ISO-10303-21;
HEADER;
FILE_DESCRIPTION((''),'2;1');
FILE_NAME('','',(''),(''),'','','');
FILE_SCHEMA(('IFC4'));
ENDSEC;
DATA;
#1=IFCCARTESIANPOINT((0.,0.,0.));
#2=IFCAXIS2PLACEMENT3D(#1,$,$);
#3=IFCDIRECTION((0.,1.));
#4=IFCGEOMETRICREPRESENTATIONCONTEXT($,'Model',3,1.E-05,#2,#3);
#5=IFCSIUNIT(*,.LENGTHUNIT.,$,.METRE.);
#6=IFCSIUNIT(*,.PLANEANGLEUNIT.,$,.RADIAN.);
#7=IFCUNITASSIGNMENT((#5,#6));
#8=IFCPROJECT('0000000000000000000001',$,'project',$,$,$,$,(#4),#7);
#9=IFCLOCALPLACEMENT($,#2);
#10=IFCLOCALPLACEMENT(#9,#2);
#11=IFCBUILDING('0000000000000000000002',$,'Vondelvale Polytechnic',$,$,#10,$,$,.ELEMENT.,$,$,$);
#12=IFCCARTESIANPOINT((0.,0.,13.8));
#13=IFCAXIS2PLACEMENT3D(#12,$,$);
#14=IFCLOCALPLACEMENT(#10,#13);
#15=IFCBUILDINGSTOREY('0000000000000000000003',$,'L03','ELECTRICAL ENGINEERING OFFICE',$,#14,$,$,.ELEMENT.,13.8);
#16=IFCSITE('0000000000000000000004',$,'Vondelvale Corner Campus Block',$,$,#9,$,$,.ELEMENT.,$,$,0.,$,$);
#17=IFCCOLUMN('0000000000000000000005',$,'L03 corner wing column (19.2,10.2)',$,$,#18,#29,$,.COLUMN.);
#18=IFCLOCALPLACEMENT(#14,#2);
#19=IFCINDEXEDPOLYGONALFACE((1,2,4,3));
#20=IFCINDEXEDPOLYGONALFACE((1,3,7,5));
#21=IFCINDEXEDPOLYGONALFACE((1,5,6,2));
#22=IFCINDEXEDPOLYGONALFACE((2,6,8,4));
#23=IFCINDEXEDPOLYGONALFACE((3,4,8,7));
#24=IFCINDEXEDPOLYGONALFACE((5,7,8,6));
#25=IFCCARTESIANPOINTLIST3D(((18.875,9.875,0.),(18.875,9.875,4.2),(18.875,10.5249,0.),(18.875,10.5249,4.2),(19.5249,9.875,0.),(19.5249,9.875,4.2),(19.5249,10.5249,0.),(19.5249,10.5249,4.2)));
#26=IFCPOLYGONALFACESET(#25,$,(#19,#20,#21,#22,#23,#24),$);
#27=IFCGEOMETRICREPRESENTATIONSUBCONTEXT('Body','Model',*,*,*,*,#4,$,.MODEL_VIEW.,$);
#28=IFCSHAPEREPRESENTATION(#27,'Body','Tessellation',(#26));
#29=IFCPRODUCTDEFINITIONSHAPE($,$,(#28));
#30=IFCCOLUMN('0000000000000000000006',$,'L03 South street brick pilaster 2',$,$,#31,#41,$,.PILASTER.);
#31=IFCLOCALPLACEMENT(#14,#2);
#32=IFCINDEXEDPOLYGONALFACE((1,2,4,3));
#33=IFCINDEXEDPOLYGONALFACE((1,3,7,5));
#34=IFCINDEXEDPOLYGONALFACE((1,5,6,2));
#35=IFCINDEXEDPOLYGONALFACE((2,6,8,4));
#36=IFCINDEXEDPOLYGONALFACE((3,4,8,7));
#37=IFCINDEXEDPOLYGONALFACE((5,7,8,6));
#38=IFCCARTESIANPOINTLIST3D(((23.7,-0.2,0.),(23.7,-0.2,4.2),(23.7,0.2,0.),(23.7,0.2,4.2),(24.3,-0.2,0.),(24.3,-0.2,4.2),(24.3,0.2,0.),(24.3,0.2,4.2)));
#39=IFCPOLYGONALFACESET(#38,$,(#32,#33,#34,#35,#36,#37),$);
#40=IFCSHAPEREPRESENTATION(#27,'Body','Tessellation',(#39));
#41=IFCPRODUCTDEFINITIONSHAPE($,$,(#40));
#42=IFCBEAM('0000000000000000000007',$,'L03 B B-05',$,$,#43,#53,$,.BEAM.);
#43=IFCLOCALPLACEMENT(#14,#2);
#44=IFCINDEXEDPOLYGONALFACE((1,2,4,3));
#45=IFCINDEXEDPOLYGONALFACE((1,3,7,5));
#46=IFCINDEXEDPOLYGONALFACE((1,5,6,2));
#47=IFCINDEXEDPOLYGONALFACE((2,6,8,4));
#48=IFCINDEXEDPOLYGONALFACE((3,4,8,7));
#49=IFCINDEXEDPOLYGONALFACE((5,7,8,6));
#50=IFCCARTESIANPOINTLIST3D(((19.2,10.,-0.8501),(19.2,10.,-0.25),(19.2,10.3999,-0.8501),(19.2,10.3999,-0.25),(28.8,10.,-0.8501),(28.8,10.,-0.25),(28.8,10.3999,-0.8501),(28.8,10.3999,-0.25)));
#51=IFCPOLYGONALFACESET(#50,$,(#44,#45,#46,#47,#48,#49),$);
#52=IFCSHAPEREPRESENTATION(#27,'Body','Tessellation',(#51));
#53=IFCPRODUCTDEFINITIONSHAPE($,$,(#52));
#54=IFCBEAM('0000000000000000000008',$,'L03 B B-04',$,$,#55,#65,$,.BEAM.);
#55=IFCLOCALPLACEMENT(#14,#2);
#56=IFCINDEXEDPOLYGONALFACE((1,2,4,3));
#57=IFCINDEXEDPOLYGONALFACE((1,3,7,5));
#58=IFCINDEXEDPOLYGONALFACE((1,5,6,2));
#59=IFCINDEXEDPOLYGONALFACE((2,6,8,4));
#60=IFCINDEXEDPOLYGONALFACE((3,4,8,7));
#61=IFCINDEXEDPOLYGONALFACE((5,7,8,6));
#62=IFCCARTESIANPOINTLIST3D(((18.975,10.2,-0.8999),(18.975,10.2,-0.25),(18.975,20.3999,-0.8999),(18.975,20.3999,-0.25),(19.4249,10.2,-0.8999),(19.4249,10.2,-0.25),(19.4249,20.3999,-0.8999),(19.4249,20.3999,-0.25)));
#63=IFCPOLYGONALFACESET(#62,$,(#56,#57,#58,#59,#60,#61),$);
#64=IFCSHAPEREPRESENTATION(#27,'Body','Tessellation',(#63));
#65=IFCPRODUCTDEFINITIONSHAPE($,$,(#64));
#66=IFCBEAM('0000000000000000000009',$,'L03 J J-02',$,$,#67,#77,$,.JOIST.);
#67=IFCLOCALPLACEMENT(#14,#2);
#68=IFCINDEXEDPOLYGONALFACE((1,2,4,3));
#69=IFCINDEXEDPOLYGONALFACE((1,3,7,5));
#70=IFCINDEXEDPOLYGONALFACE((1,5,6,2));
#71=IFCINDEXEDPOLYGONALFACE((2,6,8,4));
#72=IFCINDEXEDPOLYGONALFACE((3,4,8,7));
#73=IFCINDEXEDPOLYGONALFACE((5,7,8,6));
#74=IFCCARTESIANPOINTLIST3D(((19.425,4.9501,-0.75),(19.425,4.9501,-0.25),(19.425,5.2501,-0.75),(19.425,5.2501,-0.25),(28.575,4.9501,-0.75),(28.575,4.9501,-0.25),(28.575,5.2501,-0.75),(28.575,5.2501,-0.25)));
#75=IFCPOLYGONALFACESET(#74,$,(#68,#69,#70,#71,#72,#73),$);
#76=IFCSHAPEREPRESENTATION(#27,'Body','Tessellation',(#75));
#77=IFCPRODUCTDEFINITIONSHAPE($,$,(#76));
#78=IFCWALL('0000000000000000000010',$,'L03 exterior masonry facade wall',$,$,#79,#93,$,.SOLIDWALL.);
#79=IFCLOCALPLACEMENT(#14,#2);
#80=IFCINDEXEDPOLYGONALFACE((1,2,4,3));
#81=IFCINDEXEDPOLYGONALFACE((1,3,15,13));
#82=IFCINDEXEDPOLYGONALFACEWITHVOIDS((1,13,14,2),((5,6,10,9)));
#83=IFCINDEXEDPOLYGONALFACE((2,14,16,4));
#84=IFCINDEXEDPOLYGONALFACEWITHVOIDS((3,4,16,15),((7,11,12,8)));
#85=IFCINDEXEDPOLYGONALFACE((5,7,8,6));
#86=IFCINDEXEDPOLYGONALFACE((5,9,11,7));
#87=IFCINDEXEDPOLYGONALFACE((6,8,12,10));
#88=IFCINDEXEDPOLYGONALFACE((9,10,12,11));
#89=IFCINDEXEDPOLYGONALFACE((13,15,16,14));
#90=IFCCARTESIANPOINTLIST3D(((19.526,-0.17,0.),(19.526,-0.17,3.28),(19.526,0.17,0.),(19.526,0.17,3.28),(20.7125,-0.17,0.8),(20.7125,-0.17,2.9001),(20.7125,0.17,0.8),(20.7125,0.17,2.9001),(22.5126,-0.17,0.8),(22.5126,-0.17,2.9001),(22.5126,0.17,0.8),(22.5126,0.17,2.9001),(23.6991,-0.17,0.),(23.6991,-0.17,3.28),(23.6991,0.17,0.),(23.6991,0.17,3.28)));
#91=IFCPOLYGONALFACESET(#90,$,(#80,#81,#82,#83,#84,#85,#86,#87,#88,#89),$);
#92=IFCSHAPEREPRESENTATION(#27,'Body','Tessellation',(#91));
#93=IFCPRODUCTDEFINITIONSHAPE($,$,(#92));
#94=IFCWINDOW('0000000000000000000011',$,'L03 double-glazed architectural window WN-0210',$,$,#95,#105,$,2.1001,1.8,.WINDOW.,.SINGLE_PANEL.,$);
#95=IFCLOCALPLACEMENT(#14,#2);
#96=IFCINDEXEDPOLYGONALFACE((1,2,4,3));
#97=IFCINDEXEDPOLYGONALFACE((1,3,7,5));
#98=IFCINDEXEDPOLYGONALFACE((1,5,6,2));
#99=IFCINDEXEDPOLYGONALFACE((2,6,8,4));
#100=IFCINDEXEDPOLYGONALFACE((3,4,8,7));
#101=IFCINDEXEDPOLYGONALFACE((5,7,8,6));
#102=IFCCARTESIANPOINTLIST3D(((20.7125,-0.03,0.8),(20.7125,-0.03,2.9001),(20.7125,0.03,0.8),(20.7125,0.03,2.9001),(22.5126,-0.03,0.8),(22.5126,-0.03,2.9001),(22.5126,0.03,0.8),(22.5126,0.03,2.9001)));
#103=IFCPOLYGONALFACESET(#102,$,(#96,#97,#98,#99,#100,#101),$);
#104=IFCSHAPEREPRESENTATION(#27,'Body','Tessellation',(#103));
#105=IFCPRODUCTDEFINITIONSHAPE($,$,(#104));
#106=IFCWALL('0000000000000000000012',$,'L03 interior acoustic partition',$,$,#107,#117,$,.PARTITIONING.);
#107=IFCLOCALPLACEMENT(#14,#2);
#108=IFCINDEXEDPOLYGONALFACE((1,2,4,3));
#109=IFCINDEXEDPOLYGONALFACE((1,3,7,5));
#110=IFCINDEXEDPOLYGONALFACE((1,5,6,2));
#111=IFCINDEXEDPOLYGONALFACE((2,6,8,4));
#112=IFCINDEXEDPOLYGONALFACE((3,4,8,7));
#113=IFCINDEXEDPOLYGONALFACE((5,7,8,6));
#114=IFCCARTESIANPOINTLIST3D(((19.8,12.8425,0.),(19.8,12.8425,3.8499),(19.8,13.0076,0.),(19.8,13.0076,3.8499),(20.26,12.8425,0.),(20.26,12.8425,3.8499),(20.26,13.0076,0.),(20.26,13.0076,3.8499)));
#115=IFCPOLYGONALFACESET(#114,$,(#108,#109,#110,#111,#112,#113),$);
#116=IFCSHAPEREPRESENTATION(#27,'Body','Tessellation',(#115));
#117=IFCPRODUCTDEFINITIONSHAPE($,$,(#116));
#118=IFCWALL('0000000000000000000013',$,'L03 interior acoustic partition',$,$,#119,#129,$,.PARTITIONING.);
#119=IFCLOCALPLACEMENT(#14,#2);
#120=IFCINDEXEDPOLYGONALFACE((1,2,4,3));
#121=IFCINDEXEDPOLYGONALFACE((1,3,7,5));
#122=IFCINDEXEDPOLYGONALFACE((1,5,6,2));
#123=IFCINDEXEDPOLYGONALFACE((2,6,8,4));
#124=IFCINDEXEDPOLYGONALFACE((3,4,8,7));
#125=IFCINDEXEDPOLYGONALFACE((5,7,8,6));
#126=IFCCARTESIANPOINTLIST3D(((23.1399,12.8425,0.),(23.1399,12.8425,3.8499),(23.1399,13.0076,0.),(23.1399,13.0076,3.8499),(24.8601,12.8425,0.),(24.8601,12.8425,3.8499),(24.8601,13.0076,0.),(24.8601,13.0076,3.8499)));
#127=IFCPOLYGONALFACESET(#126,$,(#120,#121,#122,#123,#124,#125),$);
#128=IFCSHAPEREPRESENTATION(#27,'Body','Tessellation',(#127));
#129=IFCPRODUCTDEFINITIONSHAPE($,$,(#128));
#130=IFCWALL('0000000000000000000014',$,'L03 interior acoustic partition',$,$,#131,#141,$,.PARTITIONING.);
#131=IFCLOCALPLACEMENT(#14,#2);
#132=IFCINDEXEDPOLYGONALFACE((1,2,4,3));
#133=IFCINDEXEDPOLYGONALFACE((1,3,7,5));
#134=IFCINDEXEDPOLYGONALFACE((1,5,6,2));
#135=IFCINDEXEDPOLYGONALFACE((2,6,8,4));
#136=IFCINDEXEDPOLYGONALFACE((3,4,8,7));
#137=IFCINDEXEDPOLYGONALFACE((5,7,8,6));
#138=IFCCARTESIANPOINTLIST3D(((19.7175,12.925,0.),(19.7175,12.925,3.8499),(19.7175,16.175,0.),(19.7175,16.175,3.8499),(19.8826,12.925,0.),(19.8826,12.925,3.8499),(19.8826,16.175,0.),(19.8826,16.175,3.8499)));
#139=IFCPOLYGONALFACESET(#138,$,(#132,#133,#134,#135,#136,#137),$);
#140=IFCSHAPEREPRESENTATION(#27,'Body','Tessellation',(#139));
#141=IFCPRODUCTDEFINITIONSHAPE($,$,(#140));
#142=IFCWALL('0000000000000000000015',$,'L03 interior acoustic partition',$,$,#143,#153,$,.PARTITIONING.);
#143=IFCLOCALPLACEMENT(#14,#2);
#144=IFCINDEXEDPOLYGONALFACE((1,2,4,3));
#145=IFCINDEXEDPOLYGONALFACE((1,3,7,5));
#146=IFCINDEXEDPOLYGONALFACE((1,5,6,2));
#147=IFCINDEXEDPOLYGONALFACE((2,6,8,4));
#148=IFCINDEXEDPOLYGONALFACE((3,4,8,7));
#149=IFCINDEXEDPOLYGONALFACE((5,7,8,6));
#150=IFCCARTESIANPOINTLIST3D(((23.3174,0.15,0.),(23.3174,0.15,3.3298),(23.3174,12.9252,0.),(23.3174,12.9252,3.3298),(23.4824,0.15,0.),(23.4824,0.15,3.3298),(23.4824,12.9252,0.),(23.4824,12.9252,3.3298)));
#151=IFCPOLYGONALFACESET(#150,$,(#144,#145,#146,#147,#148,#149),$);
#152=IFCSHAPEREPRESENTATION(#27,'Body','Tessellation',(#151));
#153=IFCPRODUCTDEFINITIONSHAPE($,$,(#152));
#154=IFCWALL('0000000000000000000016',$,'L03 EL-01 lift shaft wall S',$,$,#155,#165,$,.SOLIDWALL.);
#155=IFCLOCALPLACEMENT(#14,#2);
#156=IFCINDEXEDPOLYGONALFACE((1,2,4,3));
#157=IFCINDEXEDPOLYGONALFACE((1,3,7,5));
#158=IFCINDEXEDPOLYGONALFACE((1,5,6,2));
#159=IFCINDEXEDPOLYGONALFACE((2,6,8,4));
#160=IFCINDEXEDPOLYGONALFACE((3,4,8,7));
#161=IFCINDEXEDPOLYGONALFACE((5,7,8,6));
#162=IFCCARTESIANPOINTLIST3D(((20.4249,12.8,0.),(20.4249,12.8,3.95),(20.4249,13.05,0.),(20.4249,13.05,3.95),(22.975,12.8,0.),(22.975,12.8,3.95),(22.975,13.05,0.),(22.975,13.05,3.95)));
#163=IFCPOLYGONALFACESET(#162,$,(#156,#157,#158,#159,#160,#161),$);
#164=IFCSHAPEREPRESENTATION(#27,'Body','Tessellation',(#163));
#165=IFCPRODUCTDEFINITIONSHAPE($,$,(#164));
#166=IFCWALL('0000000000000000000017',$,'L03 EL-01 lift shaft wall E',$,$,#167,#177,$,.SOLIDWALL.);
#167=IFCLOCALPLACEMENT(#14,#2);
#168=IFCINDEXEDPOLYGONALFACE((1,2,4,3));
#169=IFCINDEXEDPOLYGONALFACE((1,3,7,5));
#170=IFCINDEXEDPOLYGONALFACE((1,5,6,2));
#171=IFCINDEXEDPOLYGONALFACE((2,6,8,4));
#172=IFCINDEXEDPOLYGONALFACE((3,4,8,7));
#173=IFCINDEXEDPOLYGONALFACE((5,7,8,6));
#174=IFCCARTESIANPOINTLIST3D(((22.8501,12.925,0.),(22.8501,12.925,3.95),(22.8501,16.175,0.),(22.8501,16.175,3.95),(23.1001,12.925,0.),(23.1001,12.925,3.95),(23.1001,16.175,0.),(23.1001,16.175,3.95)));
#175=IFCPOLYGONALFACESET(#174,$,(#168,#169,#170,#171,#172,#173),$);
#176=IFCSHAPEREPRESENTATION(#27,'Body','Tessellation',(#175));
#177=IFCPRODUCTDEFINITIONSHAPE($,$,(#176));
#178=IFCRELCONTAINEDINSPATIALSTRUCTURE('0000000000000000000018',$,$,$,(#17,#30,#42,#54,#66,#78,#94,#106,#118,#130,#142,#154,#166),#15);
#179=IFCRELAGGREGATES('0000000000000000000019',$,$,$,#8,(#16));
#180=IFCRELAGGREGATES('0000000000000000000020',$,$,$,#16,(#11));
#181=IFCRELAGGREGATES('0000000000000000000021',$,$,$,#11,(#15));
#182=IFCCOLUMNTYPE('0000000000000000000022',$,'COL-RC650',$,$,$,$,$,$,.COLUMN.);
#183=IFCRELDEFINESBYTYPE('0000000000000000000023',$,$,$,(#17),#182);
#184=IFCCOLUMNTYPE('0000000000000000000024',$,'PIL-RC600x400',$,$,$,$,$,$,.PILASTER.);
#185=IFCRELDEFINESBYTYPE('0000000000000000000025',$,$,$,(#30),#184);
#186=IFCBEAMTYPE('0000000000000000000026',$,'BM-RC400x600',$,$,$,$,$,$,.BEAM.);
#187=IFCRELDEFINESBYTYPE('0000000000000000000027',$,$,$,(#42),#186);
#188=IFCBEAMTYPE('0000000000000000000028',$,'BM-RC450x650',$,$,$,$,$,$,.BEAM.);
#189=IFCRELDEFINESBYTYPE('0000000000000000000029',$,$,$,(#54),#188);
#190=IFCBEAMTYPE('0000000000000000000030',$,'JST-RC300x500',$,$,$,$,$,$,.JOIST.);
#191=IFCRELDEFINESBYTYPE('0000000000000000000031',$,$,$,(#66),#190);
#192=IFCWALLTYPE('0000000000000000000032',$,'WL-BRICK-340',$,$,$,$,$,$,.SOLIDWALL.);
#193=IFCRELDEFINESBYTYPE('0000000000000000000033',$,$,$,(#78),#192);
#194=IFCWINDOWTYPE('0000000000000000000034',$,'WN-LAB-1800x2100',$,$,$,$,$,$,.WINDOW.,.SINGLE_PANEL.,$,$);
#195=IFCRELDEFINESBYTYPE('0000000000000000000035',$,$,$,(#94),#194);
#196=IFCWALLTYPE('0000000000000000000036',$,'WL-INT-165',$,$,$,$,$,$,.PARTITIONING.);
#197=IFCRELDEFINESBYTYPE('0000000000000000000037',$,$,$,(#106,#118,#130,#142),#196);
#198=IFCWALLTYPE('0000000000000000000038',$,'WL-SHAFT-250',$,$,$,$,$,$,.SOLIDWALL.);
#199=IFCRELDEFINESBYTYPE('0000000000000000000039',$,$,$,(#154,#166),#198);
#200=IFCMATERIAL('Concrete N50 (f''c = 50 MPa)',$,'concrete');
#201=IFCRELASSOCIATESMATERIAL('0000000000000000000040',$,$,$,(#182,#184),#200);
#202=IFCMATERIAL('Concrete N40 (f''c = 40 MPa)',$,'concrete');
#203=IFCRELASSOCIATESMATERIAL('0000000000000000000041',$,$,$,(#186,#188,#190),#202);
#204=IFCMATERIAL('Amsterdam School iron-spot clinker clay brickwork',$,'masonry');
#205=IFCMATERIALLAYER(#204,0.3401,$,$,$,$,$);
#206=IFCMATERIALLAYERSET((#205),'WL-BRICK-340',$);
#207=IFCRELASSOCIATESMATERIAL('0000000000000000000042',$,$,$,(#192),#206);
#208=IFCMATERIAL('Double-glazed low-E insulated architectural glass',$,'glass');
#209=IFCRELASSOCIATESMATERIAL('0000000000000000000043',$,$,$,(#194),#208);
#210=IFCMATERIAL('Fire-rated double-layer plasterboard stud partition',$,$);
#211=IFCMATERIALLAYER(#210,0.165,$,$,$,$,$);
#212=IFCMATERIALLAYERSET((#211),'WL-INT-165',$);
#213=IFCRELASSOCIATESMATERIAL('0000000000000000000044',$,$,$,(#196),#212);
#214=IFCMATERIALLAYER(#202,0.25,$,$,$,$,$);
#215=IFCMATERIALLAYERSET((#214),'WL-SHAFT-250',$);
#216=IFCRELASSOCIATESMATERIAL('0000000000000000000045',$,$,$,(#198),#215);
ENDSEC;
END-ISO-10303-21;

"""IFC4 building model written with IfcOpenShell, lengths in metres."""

from ifc_helpers import new_model, si_unit, direction, frame, frame_2d, origin, origin_2d, place, context, subcontext, project, spatial, rectangle, extrude, material, layer, layer_set, material_profile, profile_set, type_object, element, fill, save


model = new_model("IFC4")

# Units and contexts
model_context = context("Model", 3, precision=1e-05, world=origin(), true_north=direction((0.0, 1.0)))
body_context = subcontext(model_context, "Body", "Model", "MODEL_VIEW")
ifc_project = project(units=[si_unit("LENGTHUNIT", "METRE"), si_unit("PLANEANGLEUNIT", "RADIAN")], contexts=[model_context])

# Site, building, storey
site_placement = place(None, origin())
site = spatial("IfcSite", under=ifc_project, at=site_placement, Name="Vondelvale Corner Campus Block", CompositionType="ELEMENT", RefElevation=0.0)
building_placement = place(site_placement, origin())
building = spatial("IfcBuilding", under=site, at=building_placement, Name="Vondelvale Polytechnic", CompositionType="ELEMENT")
storey_placement = place(building_placement, frame((0.0, 0.0, 13.8)))
storey = spatial("IfcBuildingStorey", under=building, at=storey_placement, Name="L03", Description="ELECTRICAL ENGINEERING OFFICE", CompositionType="ELEMENT", Elevation=13.8)

# Columns
ifc_material_1 = material(Name="Concrete N50 (f'c = 50 MPa)", Category="concrete")
ifc_material_profile_1 = material_profile(ifc_material_1, rectangle(XDim=0.6499, YDim=0.6499, at=origin_2d()), Name="RC-COL-650x650")
ifc_profile_set_1 = profile_set([ifc_material_profile_1], Name="Concrete N50 (f'c = 50 MPa)")
column_type_1 = type_object("IfcColumnType", Name="COL-RC650", PredefinedType="COLUMN", material=ifc_profile_set_1)
column_1_placement = place(storey_placement, frame((19.2, 10.2, 0.0), z_axis=(0.0, 0.0, 1.0), x_axis=(1.0, 0.0, 0.0)))
element("IfcColumn", 1, at=column_1_placement, inside=storey, type_object=column_type_1, Name="L03 corner wing column (19.2,10.2)", PredefinedType="COLUMN", context=body_context, shape_type="SweptSolid", body=[
    extrude(rectangle(XDim=0.6499, YDim=0.6499, at=origin_2d()), origin(), (0.0, 0.0, 1.0), 4.2),
])
ifc_material_profile_2 = material_profile(ifc_material_1, rectangle(XDim=0.3999, YDim=0.6001, at=origin_2d()), Name="RC-PIL-600x400")
ifc_profile_set_2 = profile_set([ifc_material_profile_2], Name="Concrete N50 (f'c = 50 MPa)")
column_type_2 = type_object("IfcColumnType", Name="PIL-RC600x400", PredefinedType="PILASTER", material=ifc_profile_set_2)
column_2_placement = place(storey_placement, frame((24.0, 0.0, 0.0), z_axis=(0.0, 0.0, 1.0), x_axis=(0.0, 1.0, 0.0)))
element("IfcColumn", 2, at=column_2_placement, inside=storey, type_object=column_type_2, Name="L03 South street brick pilaster 2", PredefinedType="PILASTER", context=body_context, shape_type="SweptSolid", body=[
    extrude(rectangle(XDim=0.3999, YDim=0.6001, at=origin_2d()), origin(), (0.0, 0.0, 1.0), 4.2),
])

# Beams
ifc_material_2 = material(Name="Concrete N40 (f'c = 40 MPa)", Category="concrete")
ifc_material_profile_3 = material_profile(ifc_material_2, rectangle(XDim=0.3999, YDim=0.6001, at=origin_2d()), Name="RC-BM-400x600")
ifc_profile_set_3 = profile_set([ifc_material_profile_3], Name="Concrete N40 (f'c = 40 MPa)")
beam_type_1 = type_object("IfcBeamType", Name="BM-RC400x600", PredefinedType="BEAM", material=ifc_profile_set_3)
beam_1_placement = place(storey_placement, frame((19.2, 10.2, -0.55), z_axis=(1.0, 0.0, 0.0), x_axis=(0.0, 1.0, 0.0)))
element("IfcBeam", 3, at=beam_1_placement, inside=storey, type_object=beam_type_1, Name="L03 B B-05", PredefinedType="BEAM", context=body_context, shape_type="SweptSolid", body=[
    extrude(rectangle(XDim=0.3999, YDim=0.6001, at=origin_2d()), origin(), (0.0, 0.0, 1.0), 9.6001),
])
ifc_material_profile_4 = material_profile(ifc_material_2, rectangle(XDim=0.45, YDim=0.6499, at=origin_2d()), Name="RC-BM-450x650")
ifc_profile_set_4 = profile_set([ifc_material_profile_4], Name="Concrete N40 (f'c = 40 MPa)")
beam_type_2 = type_object("IfcBeamType", Name="BM-RC450x650", PredefinedType="BEAM", material=ifc_profile_set_4)
beam_2_placement = place(storey_placement, frame((19.2, 10.2, -0.575), z_axis=(0.0, 1.0, 0.0), x_axis=(-1.0, 0.0, 0.0)))
element("IfcBeam", 4, at=beam_2_placement, inside=storey, type_object=beam_type_2, Name="L03 B B-04", PredefinedType="BEAM", context=body_context, shape_type="SweptSolid", body=[
    extrude(rectangle(XDim=0.45, YDim=0.6499, at=origin_2d()), origin(), (0.0, 0.0, 1.0), 10.2),
])
ifc_material_profile_5 = material_profile(ifc_material_2, rectangle(XDim=0.3, YDim=0.5, at=origin_2d()), Name="RC-JST-300x500")
ifc_profile_set_5 = profile_set([ifc_material_profile_5], Name="Concrete N40 (f'c = 40 MPa)")
beam_type_3 = type_object("IfcBeamType", Name="JST-RC300x500", PredefinedType="JOIST", material=ifc_profile_set_5)
beam_3_placement = place(storey_placement, frame((19.425, 5.1001, -0.5), z_axis=(1.0, 0.0, 0.0), x_axis=(0.0, 1.0, 0.0)))
element("IfcBeam", 5, at=beam_3_placement, inside=storey, type_object=beam_type_3, Name="L03 J J-02", PredefinedType="JOIST", context=body_context, shape_type="SweptSolid", body=[
    extrude(rectangle(XDim=0.3, YDim=0.5, at=origin_2d()), origin(), (0.0, 0.0, 1.0), 9.1499),
])

# Wall, opening, window
ifc_material_3 = material(Name="Amsterdam School iron-spot clinker clay brickwork", Category="masonry")
ifc_layer_1 = layer(ifc_material_3, 0.3401)
ifc_layer_set_1 = layer_set([ifc_layer_1], Name="WL-BRICK-340")
wall_type_1 = type_object("IfcWallType", Name="WL-BRICK-340", PredefinedType="SOLIDWALL", material=ifc_layer_set_1)
wall_1_placement = place(storey_placement, frame((23.699, 0.0, 0.0), z_axis=(0.0, 0.0, 1.0), x_axis=(-1.0, 0.0, 0.0)))
wall_1 = element("IfcWall", 6, at=wall_1_placement, inside=storey, type_object=wall_type_1, Name="L03 exterior masonry facade wall", PredefinedType="SOLIDWALL", context=body_context, shape_type="SweptSolid", body=[
    extrude(rectangle(XDim=4.1731, YDim=0.3401, at=frame_2d((2.0864, 0.0))), origin(), (0.0, 0.0, 1.0), 3.28),
])
opening_placement = place(wall_1_placement, frame((1.1865, 0.0, 0.8)))
opening = element("IfcOpeningElement", 7, at=opening_placement, cuts=wall_1, PredefinedType="OPENING", context=body_context, shape_type="SweptSolid", body=[
    extrude(rectangle(XDim=1.8, YDim=2.1001, at=frame_2d((0.8999, 1.05))), frame((0.0, 0.1799, 0.0), z_axis=(0.0, -1.0, 0.0), x_axis=(1.0, 0.0, 0.0)), (0.0, 0.0, 1.0), 0.3601),
])
ifc_material_4 = material(Name="Double-glazed low-E insulated architectural glass", Category="glass")
window_type = type_object("IfcWindowType", Name="WN-LAB-1800x2100", PartitioningType="SINGLE_PANEL", PredefinedType="WINDOW", material=ifc_material_4)
window_placement = place(opening_placement, origin())
window = element("IfcWindow", 8, at=window_placement, inside=storey, type_object=window_type, Name="L03 double-glazed architectural window WN-0210", OverallHeight=2.1001, OverallWidth=1.8, PartitioningType="SINGLE_PANEL", PredefinedType="WINDOW", context=body_context, shape_type="SweptSolid", body=[
    extrude(rectangle(XDim=1.8, YDim=2.1001, at=frame_2d((0.8999, 1.05))), frame((0.0, 0.03, 0.0), z_axis=(0.0, -1.0, 0.0), x_axis=(1.0, 0.0, 0.0)), (0.0, 0.0, 1.0), 0.0601),
])
fill(opening, window)

# Walls
ifc_material_5 = material(Name="Fire-rated double-layer plasterboard stud partition")
ifc_layer_2 = layer(ifc_material_5, 0.165)
ifc_layer_set_2 = layer_set([ifc_layer_2], Name="WL-INT-165")
wall_type_2 = type_object("IfcWallType", Name="WL-INT-165", PredefinedType="PARTITIONING", material=ifc_layer_set_2)
wall_2_placement = place(storey_placement, frame((19.8, 12.925, 0.0), z_axis=(0.0, 0.0, 1.0), x_axis=(1.0, 0.0, 0.0)))
element("IfcWall", 9, at=wall_2_placement, inside=storey, type_object=wall_type_2, Name="L03 interior acoustic partition", PredefinedType="PARTITIONING", context=body_context, shape_type="SweptSolid", body=[
    extrude(rectangle(XDim=0.46, YDim=0.165, at=frame_2d((0.23, 0.0))), origin(), (0.0, 0.0, 1.0), 3.8499),
])
wall_3_placement = place(storey_placement, frame((23.1399, 12.925, 0.0), z_axis=(0.0, 0.0, 1.0), x_axis=(1.0, 0.0, 0.0)))
element("IfcWall", 10, at=wall_3_placement, inside=storey, type_object=wall_type_2, Name="L03 interior acoustic partition", PredefinedType="PARTITIONING", context=body_context, shape_type="SweptSolid", body=[
    extrude(rectangle(XDim=1.7202, YDim=0.165, at=frame_2d((0.8601, 0.0))), origin(), (0.0, 0.0, 1.0), 3.8499),
])
wall_4_placement = place(storey_placement, frame((19.8, 12.925, 0.0), z_axis=(0.0, 0.0, 1.0), x_axis=(0.0, 1.0, 0.0)))
element("IfcWall", 11, at=wall_4_placement, inside=storey, type_object=wall_type_2, Name="L03 interior acoustic partition", PredefinedType="PARTITIONING", context=body_context, shape_type="SweptSolid", body=[
    extrude(rectangle(XDim=3.25, YDim=0.165, at=frame_2d((1.625, 0.0))), origin(), (0.0, 0.0, 1.0), 3.8499),
])
wall_5_placement = place(storey_placement, frame((23.3999, 0.1499, 0.0), z_axis=(0.0, 0.0, 1.0), x_axis=(0.0, 1.0, 0.0)))
element("IfcWall", 12, at=wall_5_placement, inside=storey, type_object=wall_type_2, Name="L03 interior acoustic partition", PredefinedType="PARTITIONING", context=body_context, shape_type="SweptSolid", body=[
    extrude(rectangle(XDim=12.7751, YDim=0.165, at=frame_2d((6.3877, 0.0))), origin(), (0.0, 0.0, 1.0), 3.3298),
])
ifc_layer_3 = layer(ifc_material_2, 0.25)
ifc_layer_set_3 = layer_set([ifc_layer_3], Name="WL-SHAFT-250")
wall_type_3 = type_object("IfcWallType", Name="WL-SHAFT-250", PredefinedType="SOLIDWALL", material=ifc_layer_set_3)
wall_6_placement = place(storey_placement, frame((20.425, 12.925, 0.0), z_axis=(0.0, 0.0, 1.0), x_axis=(1.0, 0.0, 0.0)))
element("IfcWall", 13, at=wall_6_placement, inside=storey, type_object=wall_type_3, Name="L03 EL-01 lift shaft wall S", PredefinedType="SOLIDWALL", context=body_context, shape_type="SweptSolid", body=[
    extrude(rectangle(XDim=2.55, YDim=0.25, at=frame_2d((1.2749, 0.0))), origin(), (0.0, 0.0, 1.0), 3.95),
])
wall_7_placement = place(storey_placement, frame((22.9751, 12.925, 0.0), z_axis=(0.0, 0.0, 1.0), x_axis=(0.0, 1.0, 0.0)))
element("IfcWall", 14, at=wall_7_placement, inside=storey, type_object=wall_type_3, Name="L03 EL-01 lift shaft wall E", PredefinedType="SOLIDWALL", context=body_context, shape_type="SweptSolid", body=[
    extrude(rectangle(XDim=3.25, YDim=0.25, at=frame_2d((1.625, 0.0))), origin(), (0.0, 0.0, 1.0), 3.95),
])

save(model, "model.ifc")
